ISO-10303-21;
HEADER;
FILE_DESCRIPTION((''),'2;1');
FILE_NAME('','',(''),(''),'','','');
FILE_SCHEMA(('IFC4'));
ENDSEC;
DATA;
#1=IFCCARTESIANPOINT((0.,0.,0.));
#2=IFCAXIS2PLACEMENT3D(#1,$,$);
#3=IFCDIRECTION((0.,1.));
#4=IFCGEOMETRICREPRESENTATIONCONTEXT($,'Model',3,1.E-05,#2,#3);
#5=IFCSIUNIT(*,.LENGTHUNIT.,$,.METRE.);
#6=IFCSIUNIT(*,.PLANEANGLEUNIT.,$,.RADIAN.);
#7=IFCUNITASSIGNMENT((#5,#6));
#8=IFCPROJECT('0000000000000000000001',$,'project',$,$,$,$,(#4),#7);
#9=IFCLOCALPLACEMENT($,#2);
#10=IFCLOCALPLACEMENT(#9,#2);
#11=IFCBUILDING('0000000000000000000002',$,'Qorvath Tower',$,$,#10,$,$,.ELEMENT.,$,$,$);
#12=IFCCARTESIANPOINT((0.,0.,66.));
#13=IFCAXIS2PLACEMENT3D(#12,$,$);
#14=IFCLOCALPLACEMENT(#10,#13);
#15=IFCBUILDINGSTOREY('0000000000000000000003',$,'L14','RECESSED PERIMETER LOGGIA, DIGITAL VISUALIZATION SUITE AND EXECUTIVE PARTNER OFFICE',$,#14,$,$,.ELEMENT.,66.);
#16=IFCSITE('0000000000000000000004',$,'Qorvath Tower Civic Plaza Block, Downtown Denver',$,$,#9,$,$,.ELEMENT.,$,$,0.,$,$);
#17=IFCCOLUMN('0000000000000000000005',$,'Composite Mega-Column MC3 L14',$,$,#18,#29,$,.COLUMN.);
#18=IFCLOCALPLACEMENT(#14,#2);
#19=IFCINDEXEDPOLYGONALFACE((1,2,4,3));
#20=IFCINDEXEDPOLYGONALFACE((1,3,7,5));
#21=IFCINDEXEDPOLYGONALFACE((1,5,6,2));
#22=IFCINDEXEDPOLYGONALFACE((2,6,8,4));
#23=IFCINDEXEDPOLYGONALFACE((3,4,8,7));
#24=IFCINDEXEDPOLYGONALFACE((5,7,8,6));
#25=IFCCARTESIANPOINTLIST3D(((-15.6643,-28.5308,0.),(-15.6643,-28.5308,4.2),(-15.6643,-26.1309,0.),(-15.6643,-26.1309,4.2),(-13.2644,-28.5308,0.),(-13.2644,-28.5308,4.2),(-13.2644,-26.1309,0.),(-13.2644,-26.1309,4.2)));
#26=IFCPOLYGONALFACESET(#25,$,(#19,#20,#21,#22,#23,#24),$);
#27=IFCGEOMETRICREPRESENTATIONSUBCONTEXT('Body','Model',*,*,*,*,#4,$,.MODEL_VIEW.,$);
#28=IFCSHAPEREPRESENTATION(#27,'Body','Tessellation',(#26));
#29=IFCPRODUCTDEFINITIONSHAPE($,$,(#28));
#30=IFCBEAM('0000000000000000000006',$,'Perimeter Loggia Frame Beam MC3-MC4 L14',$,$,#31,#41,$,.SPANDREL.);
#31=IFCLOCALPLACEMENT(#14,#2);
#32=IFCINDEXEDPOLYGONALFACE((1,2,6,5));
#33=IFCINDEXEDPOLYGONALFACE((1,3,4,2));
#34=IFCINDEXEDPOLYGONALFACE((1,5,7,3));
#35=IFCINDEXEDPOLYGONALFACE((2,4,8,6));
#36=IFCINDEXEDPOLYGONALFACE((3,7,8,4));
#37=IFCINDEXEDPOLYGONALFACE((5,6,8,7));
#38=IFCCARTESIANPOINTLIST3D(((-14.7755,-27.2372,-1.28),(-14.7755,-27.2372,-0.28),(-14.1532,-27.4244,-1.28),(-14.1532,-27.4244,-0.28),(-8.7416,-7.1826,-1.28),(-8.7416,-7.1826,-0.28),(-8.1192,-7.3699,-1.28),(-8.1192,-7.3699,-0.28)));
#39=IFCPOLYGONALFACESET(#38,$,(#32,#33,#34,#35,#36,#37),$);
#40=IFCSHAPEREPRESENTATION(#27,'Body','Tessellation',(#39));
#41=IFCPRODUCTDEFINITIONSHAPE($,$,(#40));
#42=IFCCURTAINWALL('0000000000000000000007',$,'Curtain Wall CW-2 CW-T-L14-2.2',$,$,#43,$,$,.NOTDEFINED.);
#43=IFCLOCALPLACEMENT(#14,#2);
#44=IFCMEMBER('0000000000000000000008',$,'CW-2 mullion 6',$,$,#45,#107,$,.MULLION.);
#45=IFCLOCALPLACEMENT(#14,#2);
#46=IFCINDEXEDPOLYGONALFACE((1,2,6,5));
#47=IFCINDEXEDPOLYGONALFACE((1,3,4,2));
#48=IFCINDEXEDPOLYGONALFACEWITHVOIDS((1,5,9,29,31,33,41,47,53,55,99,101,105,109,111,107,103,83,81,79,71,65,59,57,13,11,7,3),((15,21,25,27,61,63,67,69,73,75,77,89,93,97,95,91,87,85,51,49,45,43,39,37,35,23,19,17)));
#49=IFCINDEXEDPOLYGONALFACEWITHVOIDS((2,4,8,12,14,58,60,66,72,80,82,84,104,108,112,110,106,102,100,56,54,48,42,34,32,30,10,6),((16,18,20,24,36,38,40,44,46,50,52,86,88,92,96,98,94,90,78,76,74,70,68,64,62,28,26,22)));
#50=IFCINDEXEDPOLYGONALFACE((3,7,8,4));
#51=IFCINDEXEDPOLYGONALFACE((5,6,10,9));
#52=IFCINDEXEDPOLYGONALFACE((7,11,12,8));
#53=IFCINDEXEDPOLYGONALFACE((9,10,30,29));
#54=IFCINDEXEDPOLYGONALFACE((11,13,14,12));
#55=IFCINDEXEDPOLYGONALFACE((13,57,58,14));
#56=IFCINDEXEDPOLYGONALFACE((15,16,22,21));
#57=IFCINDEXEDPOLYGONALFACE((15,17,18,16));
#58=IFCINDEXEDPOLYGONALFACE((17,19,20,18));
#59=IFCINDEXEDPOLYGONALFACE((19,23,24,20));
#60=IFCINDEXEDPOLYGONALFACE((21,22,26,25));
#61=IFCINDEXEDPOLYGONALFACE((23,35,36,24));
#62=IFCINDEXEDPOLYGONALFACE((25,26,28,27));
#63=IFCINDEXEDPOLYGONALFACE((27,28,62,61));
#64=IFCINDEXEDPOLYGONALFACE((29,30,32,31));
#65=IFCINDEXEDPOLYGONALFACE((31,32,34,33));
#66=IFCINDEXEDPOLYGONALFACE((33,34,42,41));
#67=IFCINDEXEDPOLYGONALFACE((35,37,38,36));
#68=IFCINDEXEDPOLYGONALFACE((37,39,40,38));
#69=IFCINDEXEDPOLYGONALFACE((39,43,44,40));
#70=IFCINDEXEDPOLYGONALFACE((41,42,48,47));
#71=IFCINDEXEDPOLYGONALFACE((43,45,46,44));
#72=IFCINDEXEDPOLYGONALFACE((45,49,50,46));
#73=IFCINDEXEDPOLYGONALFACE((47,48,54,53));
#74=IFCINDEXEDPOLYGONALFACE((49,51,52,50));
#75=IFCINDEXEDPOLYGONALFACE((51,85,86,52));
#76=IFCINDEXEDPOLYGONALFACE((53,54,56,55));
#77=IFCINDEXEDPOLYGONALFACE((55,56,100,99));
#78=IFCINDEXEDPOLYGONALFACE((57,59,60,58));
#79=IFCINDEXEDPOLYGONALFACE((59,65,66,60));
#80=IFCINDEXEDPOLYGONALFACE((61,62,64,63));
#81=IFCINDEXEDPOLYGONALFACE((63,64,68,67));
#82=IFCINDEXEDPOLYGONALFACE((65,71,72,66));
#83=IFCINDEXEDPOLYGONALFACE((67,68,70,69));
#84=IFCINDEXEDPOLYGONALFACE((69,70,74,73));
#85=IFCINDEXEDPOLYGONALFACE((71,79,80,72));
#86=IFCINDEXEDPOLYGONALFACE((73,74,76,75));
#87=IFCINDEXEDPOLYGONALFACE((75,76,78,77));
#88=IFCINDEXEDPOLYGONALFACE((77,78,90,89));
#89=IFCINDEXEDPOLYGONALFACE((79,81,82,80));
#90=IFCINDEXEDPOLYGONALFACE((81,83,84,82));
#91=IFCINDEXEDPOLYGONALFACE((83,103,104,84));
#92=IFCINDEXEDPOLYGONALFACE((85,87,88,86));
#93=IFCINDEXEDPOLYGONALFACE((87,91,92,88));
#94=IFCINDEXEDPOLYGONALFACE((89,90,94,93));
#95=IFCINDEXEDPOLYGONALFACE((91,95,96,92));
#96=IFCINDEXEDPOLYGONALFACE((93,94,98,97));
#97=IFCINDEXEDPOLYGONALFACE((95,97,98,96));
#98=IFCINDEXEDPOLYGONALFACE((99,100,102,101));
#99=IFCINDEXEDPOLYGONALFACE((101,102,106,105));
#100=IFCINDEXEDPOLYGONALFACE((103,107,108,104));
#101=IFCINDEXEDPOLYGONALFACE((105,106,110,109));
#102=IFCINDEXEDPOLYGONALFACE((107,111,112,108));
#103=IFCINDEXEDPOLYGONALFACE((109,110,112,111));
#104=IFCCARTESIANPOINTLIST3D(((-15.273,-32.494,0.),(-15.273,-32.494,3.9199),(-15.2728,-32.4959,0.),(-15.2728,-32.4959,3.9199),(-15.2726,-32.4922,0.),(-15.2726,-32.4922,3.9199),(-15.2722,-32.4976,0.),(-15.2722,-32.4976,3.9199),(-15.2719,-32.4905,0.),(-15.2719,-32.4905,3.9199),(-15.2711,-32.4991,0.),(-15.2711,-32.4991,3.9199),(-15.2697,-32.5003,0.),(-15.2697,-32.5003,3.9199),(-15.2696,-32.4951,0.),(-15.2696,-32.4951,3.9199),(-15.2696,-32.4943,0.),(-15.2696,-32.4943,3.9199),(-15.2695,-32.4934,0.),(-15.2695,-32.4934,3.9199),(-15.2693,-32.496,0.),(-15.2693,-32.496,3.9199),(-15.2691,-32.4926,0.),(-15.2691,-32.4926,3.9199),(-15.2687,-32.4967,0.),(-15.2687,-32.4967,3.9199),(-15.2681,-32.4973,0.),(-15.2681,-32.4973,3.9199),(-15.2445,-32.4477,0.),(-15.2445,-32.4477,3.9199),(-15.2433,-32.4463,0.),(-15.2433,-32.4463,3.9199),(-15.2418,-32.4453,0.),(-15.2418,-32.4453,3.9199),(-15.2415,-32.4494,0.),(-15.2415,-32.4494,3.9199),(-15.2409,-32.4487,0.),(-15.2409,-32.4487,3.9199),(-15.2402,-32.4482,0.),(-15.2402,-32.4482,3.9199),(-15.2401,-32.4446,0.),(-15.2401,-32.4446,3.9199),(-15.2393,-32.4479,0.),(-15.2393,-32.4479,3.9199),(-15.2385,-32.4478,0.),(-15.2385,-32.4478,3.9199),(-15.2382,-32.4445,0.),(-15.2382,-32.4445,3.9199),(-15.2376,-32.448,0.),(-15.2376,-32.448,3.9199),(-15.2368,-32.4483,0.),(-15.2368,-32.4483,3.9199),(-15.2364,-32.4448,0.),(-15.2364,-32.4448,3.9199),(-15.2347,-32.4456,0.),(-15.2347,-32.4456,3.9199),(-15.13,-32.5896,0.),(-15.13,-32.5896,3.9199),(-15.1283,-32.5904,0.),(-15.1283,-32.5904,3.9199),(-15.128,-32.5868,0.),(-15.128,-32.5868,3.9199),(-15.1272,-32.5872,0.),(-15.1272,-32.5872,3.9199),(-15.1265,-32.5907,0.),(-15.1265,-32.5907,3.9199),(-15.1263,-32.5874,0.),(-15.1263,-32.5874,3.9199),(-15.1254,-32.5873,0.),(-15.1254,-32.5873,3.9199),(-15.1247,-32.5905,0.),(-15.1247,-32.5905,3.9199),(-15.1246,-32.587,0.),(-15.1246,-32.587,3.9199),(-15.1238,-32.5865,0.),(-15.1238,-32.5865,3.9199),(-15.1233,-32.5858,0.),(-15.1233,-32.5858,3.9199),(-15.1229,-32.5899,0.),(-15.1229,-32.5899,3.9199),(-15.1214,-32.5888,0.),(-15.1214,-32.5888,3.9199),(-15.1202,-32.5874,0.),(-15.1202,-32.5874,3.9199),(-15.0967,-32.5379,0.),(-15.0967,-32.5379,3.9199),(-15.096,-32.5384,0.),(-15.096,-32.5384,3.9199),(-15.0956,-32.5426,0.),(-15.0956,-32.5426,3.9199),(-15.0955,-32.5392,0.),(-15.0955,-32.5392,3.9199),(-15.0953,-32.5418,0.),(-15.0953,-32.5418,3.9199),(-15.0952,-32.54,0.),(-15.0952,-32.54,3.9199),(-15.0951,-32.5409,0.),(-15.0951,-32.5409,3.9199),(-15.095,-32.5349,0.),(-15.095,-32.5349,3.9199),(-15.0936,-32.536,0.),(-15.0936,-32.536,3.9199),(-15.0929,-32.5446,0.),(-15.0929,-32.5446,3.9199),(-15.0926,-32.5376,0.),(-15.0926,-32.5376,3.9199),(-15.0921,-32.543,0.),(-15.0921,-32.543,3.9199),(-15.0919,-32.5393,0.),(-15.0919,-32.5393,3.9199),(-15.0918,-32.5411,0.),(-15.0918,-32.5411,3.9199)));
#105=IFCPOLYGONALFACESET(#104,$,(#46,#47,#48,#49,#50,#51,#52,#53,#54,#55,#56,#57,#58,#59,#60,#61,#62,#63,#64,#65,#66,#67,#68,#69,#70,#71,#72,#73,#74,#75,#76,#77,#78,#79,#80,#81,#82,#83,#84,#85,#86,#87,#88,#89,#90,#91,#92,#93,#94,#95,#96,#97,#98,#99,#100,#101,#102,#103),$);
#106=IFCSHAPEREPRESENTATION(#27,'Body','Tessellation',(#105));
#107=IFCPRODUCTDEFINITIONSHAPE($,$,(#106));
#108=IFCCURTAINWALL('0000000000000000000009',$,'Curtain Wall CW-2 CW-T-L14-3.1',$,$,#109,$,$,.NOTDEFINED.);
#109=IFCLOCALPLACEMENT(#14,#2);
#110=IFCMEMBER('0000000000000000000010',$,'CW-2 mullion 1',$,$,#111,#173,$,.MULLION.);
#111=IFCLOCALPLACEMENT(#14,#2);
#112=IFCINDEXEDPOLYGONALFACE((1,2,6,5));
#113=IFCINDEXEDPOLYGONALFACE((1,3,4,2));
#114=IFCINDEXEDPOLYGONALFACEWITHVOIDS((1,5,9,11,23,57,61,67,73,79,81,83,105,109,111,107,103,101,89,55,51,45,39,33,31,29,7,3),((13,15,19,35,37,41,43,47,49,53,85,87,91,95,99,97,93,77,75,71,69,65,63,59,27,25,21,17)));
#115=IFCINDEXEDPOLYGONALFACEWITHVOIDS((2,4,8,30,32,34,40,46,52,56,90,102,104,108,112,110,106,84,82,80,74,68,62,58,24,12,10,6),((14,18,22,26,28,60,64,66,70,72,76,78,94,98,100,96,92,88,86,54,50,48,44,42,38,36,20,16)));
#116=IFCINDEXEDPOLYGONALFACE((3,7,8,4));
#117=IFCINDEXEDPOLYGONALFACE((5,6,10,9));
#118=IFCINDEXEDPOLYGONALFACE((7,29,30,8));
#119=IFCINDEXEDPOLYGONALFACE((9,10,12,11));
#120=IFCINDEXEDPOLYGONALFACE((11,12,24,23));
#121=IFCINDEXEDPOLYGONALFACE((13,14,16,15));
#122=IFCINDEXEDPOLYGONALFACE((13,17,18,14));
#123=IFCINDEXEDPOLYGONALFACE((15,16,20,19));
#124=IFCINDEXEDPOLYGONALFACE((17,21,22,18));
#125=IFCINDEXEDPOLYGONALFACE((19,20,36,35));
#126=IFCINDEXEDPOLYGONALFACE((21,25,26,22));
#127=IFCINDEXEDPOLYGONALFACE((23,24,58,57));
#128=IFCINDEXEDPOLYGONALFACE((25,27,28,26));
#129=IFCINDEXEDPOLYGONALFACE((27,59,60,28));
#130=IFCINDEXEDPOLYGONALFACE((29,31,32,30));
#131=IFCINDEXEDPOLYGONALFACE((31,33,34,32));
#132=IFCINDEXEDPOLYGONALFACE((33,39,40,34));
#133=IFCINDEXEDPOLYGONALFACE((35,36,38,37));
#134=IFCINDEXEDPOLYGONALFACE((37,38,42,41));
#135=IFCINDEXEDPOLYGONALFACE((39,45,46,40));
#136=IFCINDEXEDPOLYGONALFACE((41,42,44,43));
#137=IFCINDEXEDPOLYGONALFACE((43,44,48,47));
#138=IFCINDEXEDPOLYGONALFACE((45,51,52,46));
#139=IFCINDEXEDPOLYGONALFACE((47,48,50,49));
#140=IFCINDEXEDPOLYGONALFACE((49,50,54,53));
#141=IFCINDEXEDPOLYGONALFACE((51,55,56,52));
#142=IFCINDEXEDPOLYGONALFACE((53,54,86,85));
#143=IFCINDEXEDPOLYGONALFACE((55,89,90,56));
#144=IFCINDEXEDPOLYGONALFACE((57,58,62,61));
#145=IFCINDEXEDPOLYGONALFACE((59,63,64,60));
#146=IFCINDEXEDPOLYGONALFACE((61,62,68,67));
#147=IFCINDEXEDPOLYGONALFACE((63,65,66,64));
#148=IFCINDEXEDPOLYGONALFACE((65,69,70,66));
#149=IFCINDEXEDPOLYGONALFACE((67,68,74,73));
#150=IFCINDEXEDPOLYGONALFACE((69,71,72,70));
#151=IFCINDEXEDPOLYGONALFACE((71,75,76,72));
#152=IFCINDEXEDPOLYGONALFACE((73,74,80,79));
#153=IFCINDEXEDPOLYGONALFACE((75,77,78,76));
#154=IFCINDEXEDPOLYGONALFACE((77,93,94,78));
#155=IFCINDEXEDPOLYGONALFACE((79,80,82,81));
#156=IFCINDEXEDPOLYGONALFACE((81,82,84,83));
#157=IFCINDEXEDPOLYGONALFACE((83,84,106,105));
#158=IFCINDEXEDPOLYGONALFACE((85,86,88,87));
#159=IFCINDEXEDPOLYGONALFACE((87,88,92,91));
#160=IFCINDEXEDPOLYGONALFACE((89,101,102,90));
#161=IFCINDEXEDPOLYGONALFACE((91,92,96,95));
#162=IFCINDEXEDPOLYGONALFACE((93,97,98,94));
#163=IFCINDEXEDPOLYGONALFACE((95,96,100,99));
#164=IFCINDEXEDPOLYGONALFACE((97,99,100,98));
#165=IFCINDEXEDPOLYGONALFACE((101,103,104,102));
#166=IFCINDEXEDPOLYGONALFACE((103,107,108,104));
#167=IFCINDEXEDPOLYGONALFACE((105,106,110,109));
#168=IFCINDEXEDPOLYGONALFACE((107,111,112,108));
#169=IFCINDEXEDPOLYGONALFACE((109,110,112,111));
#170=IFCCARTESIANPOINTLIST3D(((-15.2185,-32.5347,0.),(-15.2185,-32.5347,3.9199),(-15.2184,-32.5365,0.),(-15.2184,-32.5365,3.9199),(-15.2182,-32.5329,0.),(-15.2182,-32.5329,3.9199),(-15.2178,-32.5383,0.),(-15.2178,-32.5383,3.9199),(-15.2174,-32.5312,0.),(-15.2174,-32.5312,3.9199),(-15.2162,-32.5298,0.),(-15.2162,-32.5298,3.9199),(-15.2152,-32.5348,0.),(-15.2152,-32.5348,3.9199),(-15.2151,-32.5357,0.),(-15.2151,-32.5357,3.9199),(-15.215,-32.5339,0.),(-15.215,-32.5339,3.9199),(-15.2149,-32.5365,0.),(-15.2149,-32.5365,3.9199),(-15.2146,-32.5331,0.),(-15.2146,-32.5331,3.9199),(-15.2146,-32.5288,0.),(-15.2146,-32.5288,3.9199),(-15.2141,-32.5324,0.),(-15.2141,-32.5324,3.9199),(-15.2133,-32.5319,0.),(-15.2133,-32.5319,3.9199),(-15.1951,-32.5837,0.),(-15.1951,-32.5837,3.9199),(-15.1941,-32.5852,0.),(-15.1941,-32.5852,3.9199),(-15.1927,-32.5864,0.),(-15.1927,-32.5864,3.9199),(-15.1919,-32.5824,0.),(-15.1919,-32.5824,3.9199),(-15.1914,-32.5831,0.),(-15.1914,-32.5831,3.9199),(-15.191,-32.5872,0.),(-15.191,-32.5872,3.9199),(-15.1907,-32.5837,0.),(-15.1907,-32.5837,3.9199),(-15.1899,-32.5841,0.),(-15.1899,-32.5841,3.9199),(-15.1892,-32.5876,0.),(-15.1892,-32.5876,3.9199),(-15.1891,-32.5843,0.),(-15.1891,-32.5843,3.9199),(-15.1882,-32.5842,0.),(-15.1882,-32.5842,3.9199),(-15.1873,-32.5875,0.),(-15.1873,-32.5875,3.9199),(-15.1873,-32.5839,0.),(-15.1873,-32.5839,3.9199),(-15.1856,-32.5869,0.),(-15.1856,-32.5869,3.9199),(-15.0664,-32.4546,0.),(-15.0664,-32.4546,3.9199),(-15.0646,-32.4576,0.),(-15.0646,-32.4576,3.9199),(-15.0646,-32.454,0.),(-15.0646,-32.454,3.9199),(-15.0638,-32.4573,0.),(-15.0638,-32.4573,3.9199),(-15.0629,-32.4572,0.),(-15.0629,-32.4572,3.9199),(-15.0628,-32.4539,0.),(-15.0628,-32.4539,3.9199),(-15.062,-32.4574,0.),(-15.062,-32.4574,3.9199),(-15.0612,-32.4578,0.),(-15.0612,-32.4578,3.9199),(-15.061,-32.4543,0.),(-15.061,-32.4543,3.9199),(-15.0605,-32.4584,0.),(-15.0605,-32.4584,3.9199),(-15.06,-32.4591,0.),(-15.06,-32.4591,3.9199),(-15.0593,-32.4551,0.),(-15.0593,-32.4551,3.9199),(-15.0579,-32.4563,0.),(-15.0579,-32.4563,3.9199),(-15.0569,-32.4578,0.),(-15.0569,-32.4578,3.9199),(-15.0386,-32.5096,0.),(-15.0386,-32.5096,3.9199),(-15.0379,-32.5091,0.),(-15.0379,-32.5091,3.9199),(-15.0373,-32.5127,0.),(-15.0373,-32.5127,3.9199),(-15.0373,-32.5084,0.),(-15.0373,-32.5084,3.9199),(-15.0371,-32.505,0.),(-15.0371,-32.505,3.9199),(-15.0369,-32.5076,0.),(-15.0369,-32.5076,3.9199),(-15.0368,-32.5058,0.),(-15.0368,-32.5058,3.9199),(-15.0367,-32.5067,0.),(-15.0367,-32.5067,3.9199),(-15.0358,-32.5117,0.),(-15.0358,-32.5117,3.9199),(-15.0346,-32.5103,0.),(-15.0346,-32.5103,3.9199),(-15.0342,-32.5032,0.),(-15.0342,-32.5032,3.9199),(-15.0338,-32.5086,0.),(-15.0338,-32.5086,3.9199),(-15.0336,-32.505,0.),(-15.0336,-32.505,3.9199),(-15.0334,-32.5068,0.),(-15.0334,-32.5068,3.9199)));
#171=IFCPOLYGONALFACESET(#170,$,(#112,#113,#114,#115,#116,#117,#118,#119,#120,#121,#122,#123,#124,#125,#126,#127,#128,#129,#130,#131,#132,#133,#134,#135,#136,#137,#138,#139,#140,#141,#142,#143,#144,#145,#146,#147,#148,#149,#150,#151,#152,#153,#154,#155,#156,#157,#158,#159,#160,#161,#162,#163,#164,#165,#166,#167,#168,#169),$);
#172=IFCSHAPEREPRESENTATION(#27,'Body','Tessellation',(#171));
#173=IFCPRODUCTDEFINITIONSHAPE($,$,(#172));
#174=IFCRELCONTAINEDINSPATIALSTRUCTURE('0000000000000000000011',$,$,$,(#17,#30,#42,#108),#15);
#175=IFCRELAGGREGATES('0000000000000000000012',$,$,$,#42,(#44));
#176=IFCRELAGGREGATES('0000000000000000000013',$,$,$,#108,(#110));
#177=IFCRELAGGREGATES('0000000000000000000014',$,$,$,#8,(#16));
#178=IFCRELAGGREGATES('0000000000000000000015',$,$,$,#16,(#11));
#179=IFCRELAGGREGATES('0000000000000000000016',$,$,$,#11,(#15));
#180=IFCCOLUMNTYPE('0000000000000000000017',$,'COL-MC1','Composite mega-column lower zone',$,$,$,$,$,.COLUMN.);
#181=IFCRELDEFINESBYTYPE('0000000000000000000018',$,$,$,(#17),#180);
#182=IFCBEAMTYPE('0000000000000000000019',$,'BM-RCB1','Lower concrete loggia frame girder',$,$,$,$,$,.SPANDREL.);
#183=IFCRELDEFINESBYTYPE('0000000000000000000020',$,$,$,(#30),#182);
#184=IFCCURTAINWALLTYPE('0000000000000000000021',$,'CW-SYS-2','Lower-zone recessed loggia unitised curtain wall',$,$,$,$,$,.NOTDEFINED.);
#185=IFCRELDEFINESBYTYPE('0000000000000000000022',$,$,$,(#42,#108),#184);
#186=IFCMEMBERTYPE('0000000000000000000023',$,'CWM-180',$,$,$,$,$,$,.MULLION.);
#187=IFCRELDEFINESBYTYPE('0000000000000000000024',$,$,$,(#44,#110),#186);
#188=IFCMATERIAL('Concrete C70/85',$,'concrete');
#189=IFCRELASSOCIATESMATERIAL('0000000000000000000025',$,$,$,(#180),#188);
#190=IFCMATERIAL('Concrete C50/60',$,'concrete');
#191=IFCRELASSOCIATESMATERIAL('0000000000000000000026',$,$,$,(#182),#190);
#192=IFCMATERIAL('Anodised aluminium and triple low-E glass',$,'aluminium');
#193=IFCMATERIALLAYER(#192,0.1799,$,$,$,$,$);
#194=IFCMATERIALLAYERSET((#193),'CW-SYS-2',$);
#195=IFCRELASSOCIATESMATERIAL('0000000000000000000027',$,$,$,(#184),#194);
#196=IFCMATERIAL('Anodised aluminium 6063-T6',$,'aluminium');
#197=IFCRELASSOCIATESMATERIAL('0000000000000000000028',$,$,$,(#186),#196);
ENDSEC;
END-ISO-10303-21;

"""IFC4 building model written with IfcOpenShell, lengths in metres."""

from ifc_helpers import new_model, si_unit, direction, frame, origin, origin_2d, place, context, subcontext, project, spatial, rectangle, hollow_rectangle, extrude, material, layer, layer_set, material_profile, profile_set, type_object, element, aggregate, save


model = new_model("IFC4")

# Units and contexts
model_context = context("Model", 3, precision=1e-05, world=origin(), true_north=direction((0.0, 1.0)))
body_context = subcontext(model_context, "Body", "Model", "MODEL_VIEW")
ifc_project = project(units=[si_unit("LENGTHUNIT", "METRE"), si_unit("PLANEANGLEUNIT", "RADIAN")], contexts=[model_context])

# Site, building, storey
site_placement = place(None, origin())
site = spatial("IfcSite", under=ifc_project, at=site_placement, Name="Qorvath Tower Civic Plaza Block, Downtown Denver", CompositionType="ELEMENT", RefElevation=0.0)
building_placement = place(site_placement, origin())
building = spatial("IfcBuilding", under=site, at=building_placement, Name="Qorvath Tower", CompositionType="ELEMENT")
storey_placement = place(building_placement, frame((0.0, 0.0, 66.0)))
storey = spatial("IfcBuildingStorey", under=building, at=storey_placement, Name="L14", Description="RECESSED PERIMETER LOGGIA, DIGITAL VISUALIZATION SUITE AND EXECUTIVE PARTNER OFFICE", CompositionType="ELEMENT", Elevation=66.0)

# Column
ifc_material_1 = material(Name="Concrete C70/85", Category="concrete")
ifc_material_profile_1 = material_profile(ifc_material_1, rectangle(XDim=2.3999, YDim=2.3999, at=origin_2d()), Name="MC 2400x2400")
ifc_profile_set_1 = profile_set([ifc_material_profile_1], Name="Concrete C70/85")
column_type = type_object("IfcColumnType", Name="COL-MC1", Description="Composite mega-column lower zone", PredefinedType="COLUMN", material=ifc_profile_set_1)
column_placement = place(storey_placement, frame((-14.4644, -27.3308, 0.0), z_axis=(0.0, 0.0, 1.0), x_axis=(1.0, 0.0, 0.0)))
element("IfcColumn", 1, at=column_placement, inside=storey, type_object=column_type, Name="Composite Mega-Column MC3 L14", PredefinedType="COLUMN", context=body_context, shape_type="SweptSolid", body=[
    extrude(rectangle(XDim=2.3999, YDim=2.3999, at=origin_2d()), origin(), (0.0, 0.0, 1.0), 4.2),
])

# Beam
ifc_material_2 = material(Name="Concrete C50/60", Category="concrete")
ifc_material_profile_2 = material_profile(ifc_material_2, rectangle(XDim=0.6499, YDim=1.0, at=origin_2d()), Name="RCB 1000x650")
ifc_profile_set_2 = profile_set([ifc_material_profile_2], Name="Concrete C50/60")
beam_type = type_object("IfcBeamType", Name="BM-RCB1", Description="Lower concrete loggia frame girder", PredefinedType="SPANDREL", material=ifc_profile_set_2)
beam_placement = place(storey_placement, frame((-14.4644, -27.3308, -0.78), z_axis=(0.288119, 0.957595, 0.0), x_axis=(-0.957595, 0.288119, 0.0)))
element("IfcBeam", 2, at=beam_placement, inside=storey, type_object=beam_type, Name="Perimeter Loggia Frame Beam MC3-MC4 L14", PredefinedType="SPANDREL", context=body_context, shape_type="SweptSolid", body=[
    extrude(rectangle(XDim=0.6499, YDim=1.0, at=origin_2d()), origin(), (0.0, 0.0, 1.0), 20.9426),
])

# Curtain wall, member
ifc_material_3 = material(Name="Anodised aluminium and triple low-E glass", Category="aluminium")
ifc_layer_1 = layer(ifc_material_3, 0.1799)
ifc_layer_set_1 = layer_set([ifc_layer_1], Name="CW-SYS-2")
curtain_wall_type = type_object("IfcCurtainWallType", Name="CW-SYS-2", Description="Lower-zone recessed loggia unitised curtain wall", PredefinedType="NOTDEFINED", material=ifc_layer_set_1)
curtain_wall_1_placement = place(storey_placement, origin())
curtain_wall_1 = element("IfcCurtainWall", 3, at=curtain_wall_1_placement, inside=storey, type_object=curtain_wall_type, Name="Curtain Wall CW-2 CW-T-L14-2.2", PredefinedType="NOTDEFINED")
ifc_material_4 = material(Name="Anodised aluminium 6063-T6", Category="aluminium")
ifc_material_profile_3 = material_profile(ifc_material_4, hollow_rectangle(XDim=0.0649, YDim=0.1799, WallThickness=0.0034, InnerFilletRadius=0.0034, OuterFilletRadius=0.0071, at=origin_2d()), Name="CWM 180x65")
ifc_profile_set_3 = profile_set([ifc_material_profile_3], Name="Anodised aluminium 6063-T6")
member_type_1 = type_object("IfcMemberType", Name="CWM-180", PredefinedType="MULLION", material=ifc_profile_set_3)
member_1_placement = place(storey_placement, frame((-15.1824, -32.5176, 0.0), z_axis=(0.0, 0.0, 1.0), x_axis=(0.538537, 0.842602, 0.0)))
member_1 = element("IfcMember", 4, at=member_1_placement, type_object=member_type_1, Name="CW-2 mullion 6", PredefinedType="MULLION", context=body_context, shape_type="SweptSolid", body=[
    extrude(hollow_rectangle(XDim=0.0649, YDim=0.1799, WallThickness=0.0034, InnerFilletRadius=0.0034, OuterFilletRadius=0.0071, at=origin_2d()), origin(), (0.0, 0.0, 1.0), 3.9199),
])

# Curtain wall, member
curtain_wall_2_placement = place(storey_placement, origin())
curtain_wall_2 = element("IfcCurtainWall", 5, at=curtain_wall_2_placement, inside=storey, type_object=curtain_wall_type, Name="Curtain Wall CW-2 CW-T-L14-3.1", PredefinedType="NOTDEFINED")
member_2_placement = place(storey_placement, frame((-15.126, -32.5208, 0.0), z_axis=(0.0, 0.0, 1.0), x_axis=(-0.447221, 0.894423, 0.0)))
member_2 = element("IfcMember", 6, at=member_2_placement, type_object=member_type_1, Name="CW-2 mullion 1", PredefinedType="MULLION", context=body_context, shape_type="SweptSolid", body=[
    extrude(hollow_rectangle(XDim=0.0649, YDim=0.1799, WallThickness=0.0034, InnerFilletRadius=0.0034, OuterFilletRadius=0.0071, at=origin_2d()), origin(), (0.0, 0.0, 1.0), 3.9199),
])

aggregate(curtain_wall_1, [member_1])
aggregate(curtain_wall_2, [member_2])

save(model, "model.ifc")
